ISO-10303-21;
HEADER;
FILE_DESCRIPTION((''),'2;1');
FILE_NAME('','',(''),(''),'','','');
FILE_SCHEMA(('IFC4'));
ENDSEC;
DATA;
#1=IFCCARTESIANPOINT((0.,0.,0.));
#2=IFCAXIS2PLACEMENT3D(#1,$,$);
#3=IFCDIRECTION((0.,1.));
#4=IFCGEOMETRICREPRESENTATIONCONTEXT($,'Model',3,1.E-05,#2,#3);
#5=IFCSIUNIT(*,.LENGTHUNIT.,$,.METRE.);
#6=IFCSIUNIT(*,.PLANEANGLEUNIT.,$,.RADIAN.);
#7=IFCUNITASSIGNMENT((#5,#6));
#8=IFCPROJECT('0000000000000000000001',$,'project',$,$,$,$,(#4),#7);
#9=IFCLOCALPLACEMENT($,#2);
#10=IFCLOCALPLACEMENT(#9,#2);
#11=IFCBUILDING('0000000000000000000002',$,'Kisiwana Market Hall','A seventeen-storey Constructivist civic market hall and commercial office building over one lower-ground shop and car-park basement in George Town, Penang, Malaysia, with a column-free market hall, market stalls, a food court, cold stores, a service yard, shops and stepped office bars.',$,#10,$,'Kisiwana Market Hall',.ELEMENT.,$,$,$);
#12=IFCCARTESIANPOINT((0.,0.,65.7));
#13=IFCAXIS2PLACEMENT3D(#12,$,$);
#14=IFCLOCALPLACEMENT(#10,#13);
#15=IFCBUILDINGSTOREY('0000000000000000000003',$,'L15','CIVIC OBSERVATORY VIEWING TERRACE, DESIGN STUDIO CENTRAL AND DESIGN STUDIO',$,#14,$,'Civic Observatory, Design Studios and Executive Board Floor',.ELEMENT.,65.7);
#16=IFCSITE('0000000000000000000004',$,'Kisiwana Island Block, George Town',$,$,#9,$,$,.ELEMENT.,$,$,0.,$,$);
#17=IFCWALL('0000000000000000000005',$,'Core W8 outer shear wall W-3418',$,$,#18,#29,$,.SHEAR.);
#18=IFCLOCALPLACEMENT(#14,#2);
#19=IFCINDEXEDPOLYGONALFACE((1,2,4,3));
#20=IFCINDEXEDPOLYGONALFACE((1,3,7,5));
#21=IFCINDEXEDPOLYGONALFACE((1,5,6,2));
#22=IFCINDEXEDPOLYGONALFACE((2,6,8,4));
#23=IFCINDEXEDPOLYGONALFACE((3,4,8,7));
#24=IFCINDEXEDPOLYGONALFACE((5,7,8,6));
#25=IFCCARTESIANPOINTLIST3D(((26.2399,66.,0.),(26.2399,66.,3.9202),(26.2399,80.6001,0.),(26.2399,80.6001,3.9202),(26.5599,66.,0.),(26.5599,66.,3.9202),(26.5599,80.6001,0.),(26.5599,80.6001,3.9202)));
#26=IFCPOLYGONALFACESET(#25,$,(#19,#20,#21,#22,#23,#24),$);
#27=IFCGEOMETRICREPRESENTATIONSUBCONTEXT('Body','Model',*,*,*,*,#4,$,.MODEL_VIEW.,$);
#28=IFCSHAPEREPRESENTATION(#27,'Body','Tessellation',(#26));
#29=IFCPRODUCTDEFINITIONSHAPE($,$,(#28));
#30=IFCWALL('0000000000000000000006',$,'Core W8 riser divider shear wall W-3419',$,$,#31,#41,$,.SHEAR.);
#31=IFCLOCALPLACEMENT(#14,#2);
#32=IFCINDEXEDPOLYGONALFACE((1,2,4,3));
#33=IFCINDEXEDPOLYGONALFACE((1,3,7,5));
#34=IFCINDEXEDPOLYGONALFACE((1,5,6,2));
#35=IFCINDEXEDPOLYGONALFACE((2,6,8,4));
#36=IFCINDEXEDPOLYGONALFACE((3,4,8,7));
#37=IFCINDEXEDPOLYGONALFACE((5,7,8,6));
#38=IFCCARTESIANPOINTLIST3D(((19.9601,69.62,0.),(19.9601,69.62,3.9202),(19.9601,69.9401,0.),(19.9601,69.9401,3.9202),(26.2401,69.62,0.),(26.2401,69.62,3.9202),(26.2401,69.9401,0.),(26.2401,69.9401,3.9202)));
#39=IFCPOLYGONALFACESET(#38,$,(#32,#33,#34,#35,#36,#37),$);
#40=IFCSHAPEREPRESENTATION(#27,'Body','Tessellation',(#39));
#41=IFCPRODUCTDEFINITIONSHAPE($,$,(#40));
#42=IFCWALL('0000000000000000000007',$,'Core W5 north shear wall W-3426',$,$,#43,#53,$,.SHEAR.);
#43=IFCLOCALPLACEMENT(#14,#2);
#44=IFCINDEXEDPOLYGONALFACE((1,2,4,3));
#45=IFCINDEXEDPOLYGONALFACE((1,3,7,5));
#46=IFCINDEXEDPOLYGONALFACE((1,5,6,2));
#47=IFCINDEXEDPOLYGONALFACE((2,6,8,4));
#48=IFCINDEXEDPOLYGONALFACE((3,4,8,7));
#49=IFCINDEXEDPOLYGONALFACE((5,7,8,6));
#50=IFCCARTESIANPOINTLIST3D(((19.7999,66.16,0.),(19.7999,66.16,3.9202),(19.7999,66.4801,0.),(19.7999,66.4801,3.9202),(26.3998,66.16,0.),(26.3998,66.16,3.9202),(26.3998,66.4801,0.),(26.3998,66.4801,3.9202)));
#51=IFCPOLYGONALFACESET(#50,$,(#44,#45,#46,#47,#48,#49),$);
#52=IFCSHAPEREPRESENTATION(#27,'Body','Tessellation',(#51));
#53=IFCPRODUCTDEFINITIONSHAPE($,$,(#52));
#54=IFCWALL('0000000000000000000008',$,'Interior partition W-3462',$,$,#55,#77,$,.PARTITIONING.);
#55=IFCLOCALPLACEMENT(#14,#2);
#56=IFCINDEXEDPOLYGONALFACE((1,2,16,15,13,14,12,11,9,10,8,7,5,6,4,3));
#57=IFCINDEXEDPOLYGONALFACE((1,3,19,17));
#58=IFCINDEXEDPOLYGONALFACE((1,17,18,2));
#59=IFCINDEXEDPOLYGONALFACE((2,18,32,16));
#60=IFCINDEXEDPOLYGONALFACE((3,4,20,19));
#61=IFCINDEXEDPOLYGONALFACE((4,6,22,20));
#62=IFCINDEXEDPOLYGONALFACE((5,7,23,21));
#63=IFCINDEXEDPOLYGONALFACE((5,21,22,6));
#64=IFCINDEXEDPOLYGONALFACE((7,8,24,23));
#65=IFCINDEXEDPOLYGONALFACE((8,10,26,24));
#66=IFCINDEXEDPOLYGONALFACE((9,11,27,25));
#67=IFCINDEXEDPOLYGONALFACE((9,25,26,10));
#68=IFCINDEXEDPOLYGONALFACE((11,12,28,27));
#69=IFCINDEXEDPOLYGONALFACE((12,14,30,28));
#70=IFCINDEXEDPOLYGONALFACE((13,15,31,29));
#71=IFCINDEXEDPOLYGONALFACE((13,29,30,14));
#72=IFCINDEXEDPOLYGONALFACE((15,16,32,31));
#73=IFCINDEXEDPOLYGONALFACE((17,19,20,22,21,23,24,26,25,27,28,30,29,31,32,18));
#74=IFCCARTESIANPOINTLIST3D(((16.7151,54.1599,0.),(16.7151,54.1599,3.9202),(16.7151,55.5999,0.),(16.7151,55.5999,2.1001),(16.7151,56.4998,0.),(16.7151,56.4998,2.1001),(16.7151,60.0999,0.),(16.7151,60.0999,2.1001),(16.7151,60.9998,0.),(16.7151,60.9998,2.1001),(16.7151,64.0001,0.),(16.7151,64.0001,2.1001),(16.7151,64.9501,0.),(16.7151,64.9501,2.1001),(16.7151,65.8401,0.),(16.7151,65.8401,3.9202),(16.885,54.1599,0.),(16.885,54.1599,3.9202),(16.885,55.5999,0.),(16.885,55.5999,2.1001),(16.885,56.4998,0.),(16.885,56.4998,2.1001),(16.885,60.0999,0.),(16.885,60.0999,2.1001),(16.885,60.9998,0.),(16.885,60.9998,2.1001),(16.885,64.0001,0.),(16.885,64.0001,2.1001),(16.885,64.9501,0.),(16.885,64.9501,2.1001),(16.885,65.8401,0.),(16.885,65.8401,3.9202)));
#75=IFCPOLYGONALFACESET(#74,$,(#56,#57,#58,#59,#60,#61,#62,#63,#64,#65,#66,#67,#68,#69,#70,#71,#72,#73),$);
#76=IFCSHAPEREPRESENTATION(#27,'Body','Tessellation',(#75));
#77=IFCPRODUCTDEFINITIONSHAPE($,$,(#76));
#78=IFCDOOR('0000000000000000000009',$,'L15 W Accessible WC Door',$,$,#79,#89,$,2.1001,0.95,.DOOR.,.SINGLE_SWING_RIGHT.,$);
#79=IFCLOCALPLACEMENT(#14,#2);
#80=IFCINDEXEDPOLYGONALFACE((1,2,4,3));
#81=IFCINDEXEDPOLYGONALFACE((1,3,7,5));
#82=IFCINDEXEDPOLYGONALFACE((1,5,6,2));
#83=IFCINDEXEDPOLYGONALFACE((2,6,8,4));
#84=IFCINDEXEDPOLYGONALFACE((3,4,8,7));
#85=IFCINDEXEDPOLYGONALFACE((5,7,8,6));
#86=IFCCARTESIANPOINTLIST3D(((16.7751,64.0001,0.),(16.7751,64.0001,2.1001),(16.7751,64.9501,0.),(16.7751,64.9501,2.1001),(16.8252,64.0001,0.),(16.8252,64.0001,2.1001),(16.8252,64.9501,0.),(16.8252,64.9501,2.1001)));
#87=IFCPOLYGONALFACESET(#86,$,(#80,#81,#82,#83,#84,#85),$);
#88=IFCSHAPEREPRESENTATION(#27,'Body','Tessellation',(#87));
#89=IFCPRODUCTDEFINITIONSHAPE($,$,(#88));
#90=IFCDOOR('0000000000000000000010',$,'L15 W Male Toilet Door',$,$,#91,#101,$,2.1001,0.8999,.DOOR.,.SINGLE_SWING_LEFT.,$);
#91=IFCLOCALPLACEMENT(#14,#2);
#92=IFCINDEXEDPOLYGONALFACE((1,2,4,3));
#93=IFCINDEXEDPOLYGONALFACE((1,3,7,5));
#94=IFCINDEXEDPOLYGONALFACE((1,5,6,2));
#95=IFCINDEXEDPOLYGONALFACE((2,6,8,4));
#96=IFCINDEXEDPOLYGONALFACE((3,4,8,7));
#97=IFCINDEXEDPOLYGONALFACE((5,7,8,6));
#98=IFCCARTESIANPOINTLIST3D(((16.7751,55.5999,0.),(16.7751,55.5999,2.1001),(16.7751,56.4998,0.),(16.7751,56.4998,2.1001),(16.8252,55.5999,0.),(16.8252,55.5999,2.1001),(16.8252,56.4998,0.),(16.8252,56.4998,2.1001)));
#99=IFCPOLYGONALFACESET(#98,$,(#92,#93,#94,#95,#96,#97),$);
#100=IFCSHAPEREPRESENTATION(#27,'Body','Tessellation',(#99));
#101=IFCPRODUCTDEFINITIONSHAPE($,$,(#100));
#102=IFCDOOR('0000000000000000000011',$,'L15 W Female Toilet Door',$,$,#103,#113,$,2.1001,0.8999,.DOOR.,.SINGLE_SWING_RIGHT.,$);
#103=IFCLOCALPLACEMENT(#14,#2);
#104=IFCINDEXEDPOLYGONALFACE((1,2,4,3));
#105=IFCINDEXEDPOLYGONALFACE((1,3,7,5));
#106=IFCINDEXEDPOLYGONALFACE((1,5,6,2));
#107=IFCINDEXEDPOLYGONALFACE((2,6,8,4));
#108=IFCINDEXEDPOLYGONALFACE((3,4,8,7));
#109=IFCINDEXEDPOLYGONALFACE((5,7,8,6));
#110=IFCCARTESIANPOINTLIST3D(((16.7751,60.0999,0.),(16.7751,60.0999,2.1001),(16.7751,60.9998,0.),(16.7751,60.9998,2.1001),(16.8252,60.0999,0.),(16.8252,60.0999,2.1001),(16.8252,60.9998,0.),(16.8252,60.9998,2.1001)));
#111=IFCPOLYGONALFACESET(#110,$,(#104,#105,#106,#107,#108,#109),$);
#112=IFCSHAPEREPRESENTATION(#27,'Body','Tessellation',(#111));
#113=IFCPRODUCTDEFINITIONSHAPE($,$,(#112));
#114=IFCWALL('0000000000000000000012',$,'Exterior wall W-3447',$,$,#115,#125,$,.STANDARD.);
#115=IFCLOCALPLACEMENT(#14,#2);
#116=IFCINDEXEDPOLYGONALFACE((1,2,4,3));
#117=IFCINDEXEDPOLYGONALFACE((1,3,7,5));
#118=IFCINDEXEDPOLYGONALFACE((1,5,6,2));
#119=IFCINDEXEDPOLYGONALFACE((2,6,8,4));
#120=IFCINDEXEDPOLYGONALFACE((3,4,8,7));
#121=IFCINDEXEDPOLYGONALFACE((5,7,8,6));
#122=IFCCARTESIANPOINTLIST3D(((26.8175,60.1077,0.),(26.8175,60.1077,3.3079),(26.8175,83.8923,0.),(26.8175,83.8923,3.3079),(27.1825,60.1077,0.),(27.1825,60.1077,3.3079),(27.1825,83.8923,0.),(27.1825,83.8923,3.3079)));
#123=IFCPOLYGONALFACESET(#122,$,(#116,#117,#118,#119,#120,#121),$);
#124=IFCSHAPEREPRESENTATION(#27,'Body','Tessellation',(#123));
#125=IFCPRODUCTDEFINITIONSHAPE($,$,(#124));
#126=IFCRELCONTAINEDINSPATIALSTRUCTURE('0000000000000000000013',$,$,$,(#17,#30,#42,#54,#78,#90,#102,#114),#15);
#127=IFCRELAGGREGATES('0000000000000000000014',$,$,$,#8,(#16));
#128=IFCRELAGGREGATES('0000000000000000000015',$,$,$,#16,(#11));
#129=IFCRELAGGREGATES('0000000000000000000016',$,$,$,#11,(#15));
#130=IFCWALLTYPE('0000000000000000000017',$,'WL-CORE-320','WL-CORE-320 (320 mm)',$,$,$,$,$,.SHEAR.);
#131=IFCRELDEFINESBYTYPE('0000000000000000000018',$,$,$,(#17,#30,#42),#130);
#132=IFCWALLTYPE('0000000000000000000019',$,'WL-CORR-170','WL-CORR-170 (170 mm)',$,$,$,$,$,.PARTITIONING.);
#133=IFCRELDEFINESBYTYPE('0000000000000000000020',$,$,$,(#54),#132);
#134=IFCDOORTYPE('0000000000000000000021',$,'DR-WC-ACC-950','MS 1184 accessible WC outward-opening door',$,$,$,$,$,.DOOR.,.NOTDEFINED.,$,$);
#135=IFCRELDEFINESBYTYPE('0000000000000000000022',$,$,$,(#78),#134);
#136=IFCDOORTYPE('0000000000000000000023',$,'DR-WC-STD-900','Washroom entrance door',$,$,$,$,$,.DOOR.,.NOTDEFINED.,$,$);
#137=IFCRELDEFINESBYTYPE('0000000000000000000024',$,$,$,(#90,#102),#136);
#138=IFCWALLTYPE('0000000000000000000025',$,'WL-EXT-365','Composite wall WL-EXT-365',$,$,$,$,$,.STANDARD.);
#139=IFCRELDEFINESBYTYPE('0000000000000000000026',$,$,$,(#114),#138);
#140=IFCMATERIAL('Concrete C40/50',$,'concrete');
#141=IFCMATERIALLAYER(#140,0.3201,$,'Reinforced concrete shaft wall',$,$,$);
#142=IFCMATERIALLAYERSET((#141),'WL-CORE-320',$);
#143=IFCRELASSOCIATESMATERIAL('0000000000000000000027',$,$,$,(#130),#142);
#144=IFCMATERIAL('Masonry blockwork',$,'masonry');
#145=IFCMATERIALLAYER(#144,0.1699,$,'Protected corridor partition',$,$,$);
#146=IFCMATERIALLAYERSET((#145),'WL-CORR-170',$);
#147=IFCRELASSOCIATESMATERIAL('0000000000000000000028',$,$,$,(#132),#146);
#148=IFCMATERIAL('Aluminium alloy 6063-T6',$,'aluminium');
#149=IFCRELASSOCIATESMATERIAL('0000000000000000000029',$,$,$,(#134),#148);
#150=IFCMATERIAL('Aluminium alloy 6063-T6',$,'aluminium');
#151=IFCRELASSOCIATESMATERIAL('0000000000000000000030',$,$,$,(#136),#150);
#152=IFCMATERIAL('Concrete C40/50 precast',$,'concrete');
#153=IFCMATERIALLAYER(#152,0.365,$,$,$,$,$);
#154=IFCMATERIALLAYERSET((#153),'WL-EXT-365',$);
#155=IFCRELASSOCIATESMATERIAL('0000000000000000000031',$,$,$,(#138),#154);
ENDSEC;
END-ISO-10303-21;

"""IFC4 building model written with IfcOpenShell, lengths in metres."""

from ifc_helpers import new_model, si_unit, direction, frame, frame_2d, origin, place, context, subcontext, project, spatial, rectangle, extrude, material, layer, layer_set, type_object, element, fill, save


model = new_model("IFC4")

# Units and contexts
model_context = context("Model", 3, precision=1e-05, world=origin(), true_north=direction((0.0, 1.0)))
body_context = subcontext(model_context, "Body", "Model", "MODEL_VIEW")
ifc_project = project(units=[si_unit("LENGTHUNIT", "METRE"), si_unit("PLANEANGLEUNIT", "RADIAN")], contexts=[model_context])

# Site, building, storey
site_placement = place(None, origin())
site = spatial("IfcSite", under=ifc_project, at=site_placement, Name="Kisiwana Island Block, George Town", CompositionType="ELEMENT", RefElevation=0.0)
building_placement = place(site_placement, origin())
building = spatial("IfcBuilding", under=site, at=building_placement, Name="Kisiwana Market Hall", Description="A seventeen-storey Constructivist civic market hall and commercial office building over one lower-ground shop and car-park basement in George Town, Penang, Malaysia, with a column-free market hall, market stalls, a food court, cold stores, a service yard, shops and stepped office bars.", LongName="Kisiwana Market Hall", CompositionType="ELEMENT")
storey_placement = place(building_placement, frame((0.0, 0.0, 65.7)))
storey = spatial("IfcBuildingStorey", under=building, at=storey_placement, Name="L15", Description="CIVIC OBSERVATORY VIEWING TERRACE, DESIGN STUDIO CENTRAL AND DESIGN STUDIO", LongName="Civic Observatory, Design Studios and Executive Board Floor", CompositionType="ELEMENT", Elevation=65.7)

# Shared definitions
ifc_material_1 = material(Name="Concrete C40/50", Category="concrete")
ifc_layer_1 = layer(ifc_material_1, 0.3201, Name="Reinforced concrete shaft wall")
ifc_layer_set_1 = layer_set([ifc_layer_1], Name="WL-CORE-320")
wall_type_1 = type_object("IfcWallType", Name="WL-CORE-320", Description="WL-CORE-320 (320 mm)", PredefinedType="SHEAR", material=ifc_layer_set_1)

# Walls
wall_1_placement = place(storey_placement, frame((26.3999, 66.0, 0.0), z_axis=(0.0, 0.0, 1.0), x_axis=(0.0, 1.0, 0.0)))
element("IfcWall", 1, at=wall_1_placement, inside=storey, type_object=wall_type_1, Name="Core W8 outer shear wall W-3418", PredefinedType="SHEAR", context=body_context, shape_type="SweptSolid", body=[
    extrude(rectangle(XDim=14.6001, YDim=0.3201, at=frame_2d((7.3, 0.0))), origin(), (0.0, 0.0, 1.0), 3.9202),
])
wall_2_placement = place(storey_placement, frame((19.96, 69.78, 0.0), z_axis=(0.0, 0.0, 1.0), x_axis=(1.0, 0.0, 0.0)))
element("IfcWall", 2, at=wall_2_placement, inside=storey, type_object=wall_type_1, Name="Core W8 riser divider shear wall W-3419", PredefinedType="SHEAR", context=body_context, shape_type="SweptSolid", body=[
    extrude(rectangle(XDim=6.28, YDim=0.3201, at=frame_2d((3.1401, 0.0))), origin(), (0.0, 0.0, 1.0), 3.9202),
])
wall_3_placement = place(storey_placement, frame((19.8, 66.3201, 0.0), z_axis=(0.0, 0.0, 1.0), x_axis=(1.0, 0.0, 0.0)))
element("IfcWall", 3, at=wall_3_placement, inside=storey, type_object=wall_type_1, Name="Core W5 north shear wall W-3426", PredefinedType="SHEAR", context=body_context, shape_type="SweptSolid", body=[
    extrude(rectangle(XDim=6.5999, YDim=0.3201, at=frame_2d((3.2998, 0.0))), origin(), (0.0, 0.0, 1.0), 3.9202),
])

# Wall, openings, doors
ifc_material_2 = material(Name="Masonry blockwork", Category="masonry")
ifc_layer_2 = layer(ifc_material_2, 0.1699, Name="Protected corridor partition")
ifc_layer_set_2 = layer_set([ifc_layer_2], Name="WL-CORR-170")
wall_type_2 = type_object("IfcWallType", Name="WL-CORR-170", Description="WL-CORR-170 (170 mm)", PredefinedType="PARTITIONING", material=ifc_layer_set_2)
wall_4_placement = place(storey_placement, frame((16.8, 54.1599, 0.0), z_axis=(0.0, 0.0, 1.0), x_axis=(0.0, 1.0, 0.0)))
wall_4 = element("IfcWall", 4, at=wall_4_placement, inside=storey, type_object=wall_type_2, Name="Interior partition W-3462", PredefinedType="PARTITIONING", context=body_context, shape_type="SweptSolid", body=[
    extrude(rectangle(XDim=11.6802, YDim=0.1699, at=frame_2d((5.8401, 0.0))), origin(), (0.0, 0.0, 1.0), 3.9202),
])
opening_1_placement = place(wall_4_placement, frame((1.4399, 0.0, 0.0)))
opening_1 = element("IfcOpeningElement", 5, at=opening_1_placement, cuts=wall_4, PredefinedType="OPENING", context=body_context, shape_type="SweptSolid", body=[
    extrude(rectangle(XDim=0.8999, YDim=2.1001, at=frame_2d((0.45, 1.05))), frame((0.0, 0.0969, 0.0), z_axis=(0.0, -1.0, 0.0), x_axis=(1.0, 0.0, 0.0)), (0.0, 0.0, 1.0), 0.1938),
])
opening_2_placement = place(wall_4_placement, frame((5.9399, 0.0, 0.0)))
opening_2 = element("IfcOpeningElement", 6, at=opening_2_placement, cuts=wall_4, PredefinedType="OPENING", context=body_context, shape_type="SweptSolid", body=[
    extrude(rectangle(XDim=0.8999, YDim=2.1001, at=frame_2d((0.45, 1.05))), frame((0.0, 0.0969, 0.0), z_axis=(0.0, -1.0, 0.0), x_axis=(1.0, 0.0, 0.0)), (0.0, 0.0, 1.0), 0.1938),
])
opening_3_placement = place(wall_4_placement, frame((9.8401, 0.0, 0.0)))
opening_3 = element("IfcOpeningElement", 7, at=opening_3_placement, cuts=wall_4, PredefinedType="OPENING", context=body_context, shape_type="SweptSolid", body=[
    extrude(rectangle(XDim=0.95, YDim=2.1001, at=frame_2d((0.4751, 1.05))), frame((0.0, 0.0969, 0.0), z_axis=(0.0, -1.0, 0.0), x_axis=(1.0, 0.0, 0.0)), (0.0, 0.0, 1.0), 0.1938),
])
ifc_material_3 = material(Name="Aluminium alloy 6063-T6", Category="aluminium")
door_type_1 = type_object("IfcDoorType", Name="DR-WC-ACC-950", Description="MS 1184 accessible WC outward-opening door", OperationType="NOTDEFINED", PredefinedType="DOOR", material=ifc_material_3)
door_1_placement = place(opening_3_placement, origin())
door_1 = element("IfcDoor", 8, at=door_1_placement, inside=storey, type_object=door_type_1, Name="L15 W Accessible WC Door", OperationType="SINGLE_SWING_RIGHT", OverallHeight=2.1001, OverallWidth=0.95, PredefinedType="DOOR", context=body_context, shape_type="SweptSolid", body=[
    extrude(rectangle(XDim=0.95, YDim=2.1001, at=frame_2d((0.4751, 1.05))), frame((0.0, 0.0249, 0.0), z_axis=(0.0, -1.0, 0.0), x_axis=(1.0, 0.0, 0.0)), (0.0, 0.0, 1.0), 0.05),
])
fill(opening_3, door_1)
ifc_material_4 = material(Name="Aluminium alloy 6063-T6", Category="aluminium")
door_type_2 = type_object("IfcDoorType", Name="DR-WC-STD-900", Description="Washroom entrance door", OperationType="NOTDEFINED", PredefinedType="DOOR", material=ifc_material_4)
door_2_placement = place(opening_1_placement, origin())
door_2 = element("IfcDoor", 9, at=door_2_placement, inside=storey, type_object=door_type_2, Name="L15 W Male Toilet Door", OperationType="SINGLE_SWING_LEFT", OverallHeight=2.1001, OverallWidth=0.8999, PredefinedType="DOOR", context=body_context, shape_type="SweptSolid", body=[
    extrude(rectangle(XDim=0.8999, YDim=2.1001, at=frame_2d((0.45, 1.05))), frame((0.0, 0.0249, 0.0), z_axis=(0.0, -1.0, 0.0), x_axis=(1.0, 0.0, 0.0)), (0.0, 0.0, 1.0), 0.05),
])
fill(opening_1, door_2)
door_3_placement = place(opening_2_placement, origin())
door_3 = element("IfcDoor", 10, at=door_3_placement, inside=storey, type_object=door_type_2, Name="L15 W Female Toilet Door", OperationType="SINGLE_SWING_RIGHT", OverallHeight=2.1001, OverallWidth=0.8999, PredefinedType="DOOR", context=body_context, shape_type="SweptSolid", body=[
    extrude(rectangle(XDim=0.8999, YDim=2.1001, at=frame_2d((0.45, 1.05))), frame((0.0, 0.0249, 0.0), z_axis=(0.0, -1.0, 0.0), x_axis=(1.0, 0.0, 0.0)), (0.0, 0.0, 1.0), 0.05),
])
fill(opening_2, door_3)

# Wall
ifc_material_5 = material(Name="Concrete C40/50 precast", Category="concrete")
ifc_layer_3 = layer(ifc_material_5, 0.365)
ifc_layer_set_3 = layer_set([ifc_layer_3], Name="WL-EXT-365")
wall_type_3 = type_object("IfcWallType", Name="WL-EXT-365", Description="Composite wall WL-EXT-365", PredefinedType="STANDARD", material=ifc_layer_set_3)
wall_5_placement = place(storey_placement, frame((27.0, 60.1077, 0.0), z_axis=(0.0, 0.0, 1.0), x_axis=(0.0, 1.0, 0.0)))
element("IfcWall", 11, at=wall_5_placement, inside=storey, type_object=wall_type_3, Name="Exterior wall W-3447", PredefinedType="STANDARD", context=body_context, shape_type="SweptSolid", body=[
    extrude(rectangle(XDim=23.7847, YDim=0.365, at=frame_2d((11.8923, 0.0))), origin(), (0.0, 0.0, 1.0), 3.3079),
])

save(model, "model.ifc")
